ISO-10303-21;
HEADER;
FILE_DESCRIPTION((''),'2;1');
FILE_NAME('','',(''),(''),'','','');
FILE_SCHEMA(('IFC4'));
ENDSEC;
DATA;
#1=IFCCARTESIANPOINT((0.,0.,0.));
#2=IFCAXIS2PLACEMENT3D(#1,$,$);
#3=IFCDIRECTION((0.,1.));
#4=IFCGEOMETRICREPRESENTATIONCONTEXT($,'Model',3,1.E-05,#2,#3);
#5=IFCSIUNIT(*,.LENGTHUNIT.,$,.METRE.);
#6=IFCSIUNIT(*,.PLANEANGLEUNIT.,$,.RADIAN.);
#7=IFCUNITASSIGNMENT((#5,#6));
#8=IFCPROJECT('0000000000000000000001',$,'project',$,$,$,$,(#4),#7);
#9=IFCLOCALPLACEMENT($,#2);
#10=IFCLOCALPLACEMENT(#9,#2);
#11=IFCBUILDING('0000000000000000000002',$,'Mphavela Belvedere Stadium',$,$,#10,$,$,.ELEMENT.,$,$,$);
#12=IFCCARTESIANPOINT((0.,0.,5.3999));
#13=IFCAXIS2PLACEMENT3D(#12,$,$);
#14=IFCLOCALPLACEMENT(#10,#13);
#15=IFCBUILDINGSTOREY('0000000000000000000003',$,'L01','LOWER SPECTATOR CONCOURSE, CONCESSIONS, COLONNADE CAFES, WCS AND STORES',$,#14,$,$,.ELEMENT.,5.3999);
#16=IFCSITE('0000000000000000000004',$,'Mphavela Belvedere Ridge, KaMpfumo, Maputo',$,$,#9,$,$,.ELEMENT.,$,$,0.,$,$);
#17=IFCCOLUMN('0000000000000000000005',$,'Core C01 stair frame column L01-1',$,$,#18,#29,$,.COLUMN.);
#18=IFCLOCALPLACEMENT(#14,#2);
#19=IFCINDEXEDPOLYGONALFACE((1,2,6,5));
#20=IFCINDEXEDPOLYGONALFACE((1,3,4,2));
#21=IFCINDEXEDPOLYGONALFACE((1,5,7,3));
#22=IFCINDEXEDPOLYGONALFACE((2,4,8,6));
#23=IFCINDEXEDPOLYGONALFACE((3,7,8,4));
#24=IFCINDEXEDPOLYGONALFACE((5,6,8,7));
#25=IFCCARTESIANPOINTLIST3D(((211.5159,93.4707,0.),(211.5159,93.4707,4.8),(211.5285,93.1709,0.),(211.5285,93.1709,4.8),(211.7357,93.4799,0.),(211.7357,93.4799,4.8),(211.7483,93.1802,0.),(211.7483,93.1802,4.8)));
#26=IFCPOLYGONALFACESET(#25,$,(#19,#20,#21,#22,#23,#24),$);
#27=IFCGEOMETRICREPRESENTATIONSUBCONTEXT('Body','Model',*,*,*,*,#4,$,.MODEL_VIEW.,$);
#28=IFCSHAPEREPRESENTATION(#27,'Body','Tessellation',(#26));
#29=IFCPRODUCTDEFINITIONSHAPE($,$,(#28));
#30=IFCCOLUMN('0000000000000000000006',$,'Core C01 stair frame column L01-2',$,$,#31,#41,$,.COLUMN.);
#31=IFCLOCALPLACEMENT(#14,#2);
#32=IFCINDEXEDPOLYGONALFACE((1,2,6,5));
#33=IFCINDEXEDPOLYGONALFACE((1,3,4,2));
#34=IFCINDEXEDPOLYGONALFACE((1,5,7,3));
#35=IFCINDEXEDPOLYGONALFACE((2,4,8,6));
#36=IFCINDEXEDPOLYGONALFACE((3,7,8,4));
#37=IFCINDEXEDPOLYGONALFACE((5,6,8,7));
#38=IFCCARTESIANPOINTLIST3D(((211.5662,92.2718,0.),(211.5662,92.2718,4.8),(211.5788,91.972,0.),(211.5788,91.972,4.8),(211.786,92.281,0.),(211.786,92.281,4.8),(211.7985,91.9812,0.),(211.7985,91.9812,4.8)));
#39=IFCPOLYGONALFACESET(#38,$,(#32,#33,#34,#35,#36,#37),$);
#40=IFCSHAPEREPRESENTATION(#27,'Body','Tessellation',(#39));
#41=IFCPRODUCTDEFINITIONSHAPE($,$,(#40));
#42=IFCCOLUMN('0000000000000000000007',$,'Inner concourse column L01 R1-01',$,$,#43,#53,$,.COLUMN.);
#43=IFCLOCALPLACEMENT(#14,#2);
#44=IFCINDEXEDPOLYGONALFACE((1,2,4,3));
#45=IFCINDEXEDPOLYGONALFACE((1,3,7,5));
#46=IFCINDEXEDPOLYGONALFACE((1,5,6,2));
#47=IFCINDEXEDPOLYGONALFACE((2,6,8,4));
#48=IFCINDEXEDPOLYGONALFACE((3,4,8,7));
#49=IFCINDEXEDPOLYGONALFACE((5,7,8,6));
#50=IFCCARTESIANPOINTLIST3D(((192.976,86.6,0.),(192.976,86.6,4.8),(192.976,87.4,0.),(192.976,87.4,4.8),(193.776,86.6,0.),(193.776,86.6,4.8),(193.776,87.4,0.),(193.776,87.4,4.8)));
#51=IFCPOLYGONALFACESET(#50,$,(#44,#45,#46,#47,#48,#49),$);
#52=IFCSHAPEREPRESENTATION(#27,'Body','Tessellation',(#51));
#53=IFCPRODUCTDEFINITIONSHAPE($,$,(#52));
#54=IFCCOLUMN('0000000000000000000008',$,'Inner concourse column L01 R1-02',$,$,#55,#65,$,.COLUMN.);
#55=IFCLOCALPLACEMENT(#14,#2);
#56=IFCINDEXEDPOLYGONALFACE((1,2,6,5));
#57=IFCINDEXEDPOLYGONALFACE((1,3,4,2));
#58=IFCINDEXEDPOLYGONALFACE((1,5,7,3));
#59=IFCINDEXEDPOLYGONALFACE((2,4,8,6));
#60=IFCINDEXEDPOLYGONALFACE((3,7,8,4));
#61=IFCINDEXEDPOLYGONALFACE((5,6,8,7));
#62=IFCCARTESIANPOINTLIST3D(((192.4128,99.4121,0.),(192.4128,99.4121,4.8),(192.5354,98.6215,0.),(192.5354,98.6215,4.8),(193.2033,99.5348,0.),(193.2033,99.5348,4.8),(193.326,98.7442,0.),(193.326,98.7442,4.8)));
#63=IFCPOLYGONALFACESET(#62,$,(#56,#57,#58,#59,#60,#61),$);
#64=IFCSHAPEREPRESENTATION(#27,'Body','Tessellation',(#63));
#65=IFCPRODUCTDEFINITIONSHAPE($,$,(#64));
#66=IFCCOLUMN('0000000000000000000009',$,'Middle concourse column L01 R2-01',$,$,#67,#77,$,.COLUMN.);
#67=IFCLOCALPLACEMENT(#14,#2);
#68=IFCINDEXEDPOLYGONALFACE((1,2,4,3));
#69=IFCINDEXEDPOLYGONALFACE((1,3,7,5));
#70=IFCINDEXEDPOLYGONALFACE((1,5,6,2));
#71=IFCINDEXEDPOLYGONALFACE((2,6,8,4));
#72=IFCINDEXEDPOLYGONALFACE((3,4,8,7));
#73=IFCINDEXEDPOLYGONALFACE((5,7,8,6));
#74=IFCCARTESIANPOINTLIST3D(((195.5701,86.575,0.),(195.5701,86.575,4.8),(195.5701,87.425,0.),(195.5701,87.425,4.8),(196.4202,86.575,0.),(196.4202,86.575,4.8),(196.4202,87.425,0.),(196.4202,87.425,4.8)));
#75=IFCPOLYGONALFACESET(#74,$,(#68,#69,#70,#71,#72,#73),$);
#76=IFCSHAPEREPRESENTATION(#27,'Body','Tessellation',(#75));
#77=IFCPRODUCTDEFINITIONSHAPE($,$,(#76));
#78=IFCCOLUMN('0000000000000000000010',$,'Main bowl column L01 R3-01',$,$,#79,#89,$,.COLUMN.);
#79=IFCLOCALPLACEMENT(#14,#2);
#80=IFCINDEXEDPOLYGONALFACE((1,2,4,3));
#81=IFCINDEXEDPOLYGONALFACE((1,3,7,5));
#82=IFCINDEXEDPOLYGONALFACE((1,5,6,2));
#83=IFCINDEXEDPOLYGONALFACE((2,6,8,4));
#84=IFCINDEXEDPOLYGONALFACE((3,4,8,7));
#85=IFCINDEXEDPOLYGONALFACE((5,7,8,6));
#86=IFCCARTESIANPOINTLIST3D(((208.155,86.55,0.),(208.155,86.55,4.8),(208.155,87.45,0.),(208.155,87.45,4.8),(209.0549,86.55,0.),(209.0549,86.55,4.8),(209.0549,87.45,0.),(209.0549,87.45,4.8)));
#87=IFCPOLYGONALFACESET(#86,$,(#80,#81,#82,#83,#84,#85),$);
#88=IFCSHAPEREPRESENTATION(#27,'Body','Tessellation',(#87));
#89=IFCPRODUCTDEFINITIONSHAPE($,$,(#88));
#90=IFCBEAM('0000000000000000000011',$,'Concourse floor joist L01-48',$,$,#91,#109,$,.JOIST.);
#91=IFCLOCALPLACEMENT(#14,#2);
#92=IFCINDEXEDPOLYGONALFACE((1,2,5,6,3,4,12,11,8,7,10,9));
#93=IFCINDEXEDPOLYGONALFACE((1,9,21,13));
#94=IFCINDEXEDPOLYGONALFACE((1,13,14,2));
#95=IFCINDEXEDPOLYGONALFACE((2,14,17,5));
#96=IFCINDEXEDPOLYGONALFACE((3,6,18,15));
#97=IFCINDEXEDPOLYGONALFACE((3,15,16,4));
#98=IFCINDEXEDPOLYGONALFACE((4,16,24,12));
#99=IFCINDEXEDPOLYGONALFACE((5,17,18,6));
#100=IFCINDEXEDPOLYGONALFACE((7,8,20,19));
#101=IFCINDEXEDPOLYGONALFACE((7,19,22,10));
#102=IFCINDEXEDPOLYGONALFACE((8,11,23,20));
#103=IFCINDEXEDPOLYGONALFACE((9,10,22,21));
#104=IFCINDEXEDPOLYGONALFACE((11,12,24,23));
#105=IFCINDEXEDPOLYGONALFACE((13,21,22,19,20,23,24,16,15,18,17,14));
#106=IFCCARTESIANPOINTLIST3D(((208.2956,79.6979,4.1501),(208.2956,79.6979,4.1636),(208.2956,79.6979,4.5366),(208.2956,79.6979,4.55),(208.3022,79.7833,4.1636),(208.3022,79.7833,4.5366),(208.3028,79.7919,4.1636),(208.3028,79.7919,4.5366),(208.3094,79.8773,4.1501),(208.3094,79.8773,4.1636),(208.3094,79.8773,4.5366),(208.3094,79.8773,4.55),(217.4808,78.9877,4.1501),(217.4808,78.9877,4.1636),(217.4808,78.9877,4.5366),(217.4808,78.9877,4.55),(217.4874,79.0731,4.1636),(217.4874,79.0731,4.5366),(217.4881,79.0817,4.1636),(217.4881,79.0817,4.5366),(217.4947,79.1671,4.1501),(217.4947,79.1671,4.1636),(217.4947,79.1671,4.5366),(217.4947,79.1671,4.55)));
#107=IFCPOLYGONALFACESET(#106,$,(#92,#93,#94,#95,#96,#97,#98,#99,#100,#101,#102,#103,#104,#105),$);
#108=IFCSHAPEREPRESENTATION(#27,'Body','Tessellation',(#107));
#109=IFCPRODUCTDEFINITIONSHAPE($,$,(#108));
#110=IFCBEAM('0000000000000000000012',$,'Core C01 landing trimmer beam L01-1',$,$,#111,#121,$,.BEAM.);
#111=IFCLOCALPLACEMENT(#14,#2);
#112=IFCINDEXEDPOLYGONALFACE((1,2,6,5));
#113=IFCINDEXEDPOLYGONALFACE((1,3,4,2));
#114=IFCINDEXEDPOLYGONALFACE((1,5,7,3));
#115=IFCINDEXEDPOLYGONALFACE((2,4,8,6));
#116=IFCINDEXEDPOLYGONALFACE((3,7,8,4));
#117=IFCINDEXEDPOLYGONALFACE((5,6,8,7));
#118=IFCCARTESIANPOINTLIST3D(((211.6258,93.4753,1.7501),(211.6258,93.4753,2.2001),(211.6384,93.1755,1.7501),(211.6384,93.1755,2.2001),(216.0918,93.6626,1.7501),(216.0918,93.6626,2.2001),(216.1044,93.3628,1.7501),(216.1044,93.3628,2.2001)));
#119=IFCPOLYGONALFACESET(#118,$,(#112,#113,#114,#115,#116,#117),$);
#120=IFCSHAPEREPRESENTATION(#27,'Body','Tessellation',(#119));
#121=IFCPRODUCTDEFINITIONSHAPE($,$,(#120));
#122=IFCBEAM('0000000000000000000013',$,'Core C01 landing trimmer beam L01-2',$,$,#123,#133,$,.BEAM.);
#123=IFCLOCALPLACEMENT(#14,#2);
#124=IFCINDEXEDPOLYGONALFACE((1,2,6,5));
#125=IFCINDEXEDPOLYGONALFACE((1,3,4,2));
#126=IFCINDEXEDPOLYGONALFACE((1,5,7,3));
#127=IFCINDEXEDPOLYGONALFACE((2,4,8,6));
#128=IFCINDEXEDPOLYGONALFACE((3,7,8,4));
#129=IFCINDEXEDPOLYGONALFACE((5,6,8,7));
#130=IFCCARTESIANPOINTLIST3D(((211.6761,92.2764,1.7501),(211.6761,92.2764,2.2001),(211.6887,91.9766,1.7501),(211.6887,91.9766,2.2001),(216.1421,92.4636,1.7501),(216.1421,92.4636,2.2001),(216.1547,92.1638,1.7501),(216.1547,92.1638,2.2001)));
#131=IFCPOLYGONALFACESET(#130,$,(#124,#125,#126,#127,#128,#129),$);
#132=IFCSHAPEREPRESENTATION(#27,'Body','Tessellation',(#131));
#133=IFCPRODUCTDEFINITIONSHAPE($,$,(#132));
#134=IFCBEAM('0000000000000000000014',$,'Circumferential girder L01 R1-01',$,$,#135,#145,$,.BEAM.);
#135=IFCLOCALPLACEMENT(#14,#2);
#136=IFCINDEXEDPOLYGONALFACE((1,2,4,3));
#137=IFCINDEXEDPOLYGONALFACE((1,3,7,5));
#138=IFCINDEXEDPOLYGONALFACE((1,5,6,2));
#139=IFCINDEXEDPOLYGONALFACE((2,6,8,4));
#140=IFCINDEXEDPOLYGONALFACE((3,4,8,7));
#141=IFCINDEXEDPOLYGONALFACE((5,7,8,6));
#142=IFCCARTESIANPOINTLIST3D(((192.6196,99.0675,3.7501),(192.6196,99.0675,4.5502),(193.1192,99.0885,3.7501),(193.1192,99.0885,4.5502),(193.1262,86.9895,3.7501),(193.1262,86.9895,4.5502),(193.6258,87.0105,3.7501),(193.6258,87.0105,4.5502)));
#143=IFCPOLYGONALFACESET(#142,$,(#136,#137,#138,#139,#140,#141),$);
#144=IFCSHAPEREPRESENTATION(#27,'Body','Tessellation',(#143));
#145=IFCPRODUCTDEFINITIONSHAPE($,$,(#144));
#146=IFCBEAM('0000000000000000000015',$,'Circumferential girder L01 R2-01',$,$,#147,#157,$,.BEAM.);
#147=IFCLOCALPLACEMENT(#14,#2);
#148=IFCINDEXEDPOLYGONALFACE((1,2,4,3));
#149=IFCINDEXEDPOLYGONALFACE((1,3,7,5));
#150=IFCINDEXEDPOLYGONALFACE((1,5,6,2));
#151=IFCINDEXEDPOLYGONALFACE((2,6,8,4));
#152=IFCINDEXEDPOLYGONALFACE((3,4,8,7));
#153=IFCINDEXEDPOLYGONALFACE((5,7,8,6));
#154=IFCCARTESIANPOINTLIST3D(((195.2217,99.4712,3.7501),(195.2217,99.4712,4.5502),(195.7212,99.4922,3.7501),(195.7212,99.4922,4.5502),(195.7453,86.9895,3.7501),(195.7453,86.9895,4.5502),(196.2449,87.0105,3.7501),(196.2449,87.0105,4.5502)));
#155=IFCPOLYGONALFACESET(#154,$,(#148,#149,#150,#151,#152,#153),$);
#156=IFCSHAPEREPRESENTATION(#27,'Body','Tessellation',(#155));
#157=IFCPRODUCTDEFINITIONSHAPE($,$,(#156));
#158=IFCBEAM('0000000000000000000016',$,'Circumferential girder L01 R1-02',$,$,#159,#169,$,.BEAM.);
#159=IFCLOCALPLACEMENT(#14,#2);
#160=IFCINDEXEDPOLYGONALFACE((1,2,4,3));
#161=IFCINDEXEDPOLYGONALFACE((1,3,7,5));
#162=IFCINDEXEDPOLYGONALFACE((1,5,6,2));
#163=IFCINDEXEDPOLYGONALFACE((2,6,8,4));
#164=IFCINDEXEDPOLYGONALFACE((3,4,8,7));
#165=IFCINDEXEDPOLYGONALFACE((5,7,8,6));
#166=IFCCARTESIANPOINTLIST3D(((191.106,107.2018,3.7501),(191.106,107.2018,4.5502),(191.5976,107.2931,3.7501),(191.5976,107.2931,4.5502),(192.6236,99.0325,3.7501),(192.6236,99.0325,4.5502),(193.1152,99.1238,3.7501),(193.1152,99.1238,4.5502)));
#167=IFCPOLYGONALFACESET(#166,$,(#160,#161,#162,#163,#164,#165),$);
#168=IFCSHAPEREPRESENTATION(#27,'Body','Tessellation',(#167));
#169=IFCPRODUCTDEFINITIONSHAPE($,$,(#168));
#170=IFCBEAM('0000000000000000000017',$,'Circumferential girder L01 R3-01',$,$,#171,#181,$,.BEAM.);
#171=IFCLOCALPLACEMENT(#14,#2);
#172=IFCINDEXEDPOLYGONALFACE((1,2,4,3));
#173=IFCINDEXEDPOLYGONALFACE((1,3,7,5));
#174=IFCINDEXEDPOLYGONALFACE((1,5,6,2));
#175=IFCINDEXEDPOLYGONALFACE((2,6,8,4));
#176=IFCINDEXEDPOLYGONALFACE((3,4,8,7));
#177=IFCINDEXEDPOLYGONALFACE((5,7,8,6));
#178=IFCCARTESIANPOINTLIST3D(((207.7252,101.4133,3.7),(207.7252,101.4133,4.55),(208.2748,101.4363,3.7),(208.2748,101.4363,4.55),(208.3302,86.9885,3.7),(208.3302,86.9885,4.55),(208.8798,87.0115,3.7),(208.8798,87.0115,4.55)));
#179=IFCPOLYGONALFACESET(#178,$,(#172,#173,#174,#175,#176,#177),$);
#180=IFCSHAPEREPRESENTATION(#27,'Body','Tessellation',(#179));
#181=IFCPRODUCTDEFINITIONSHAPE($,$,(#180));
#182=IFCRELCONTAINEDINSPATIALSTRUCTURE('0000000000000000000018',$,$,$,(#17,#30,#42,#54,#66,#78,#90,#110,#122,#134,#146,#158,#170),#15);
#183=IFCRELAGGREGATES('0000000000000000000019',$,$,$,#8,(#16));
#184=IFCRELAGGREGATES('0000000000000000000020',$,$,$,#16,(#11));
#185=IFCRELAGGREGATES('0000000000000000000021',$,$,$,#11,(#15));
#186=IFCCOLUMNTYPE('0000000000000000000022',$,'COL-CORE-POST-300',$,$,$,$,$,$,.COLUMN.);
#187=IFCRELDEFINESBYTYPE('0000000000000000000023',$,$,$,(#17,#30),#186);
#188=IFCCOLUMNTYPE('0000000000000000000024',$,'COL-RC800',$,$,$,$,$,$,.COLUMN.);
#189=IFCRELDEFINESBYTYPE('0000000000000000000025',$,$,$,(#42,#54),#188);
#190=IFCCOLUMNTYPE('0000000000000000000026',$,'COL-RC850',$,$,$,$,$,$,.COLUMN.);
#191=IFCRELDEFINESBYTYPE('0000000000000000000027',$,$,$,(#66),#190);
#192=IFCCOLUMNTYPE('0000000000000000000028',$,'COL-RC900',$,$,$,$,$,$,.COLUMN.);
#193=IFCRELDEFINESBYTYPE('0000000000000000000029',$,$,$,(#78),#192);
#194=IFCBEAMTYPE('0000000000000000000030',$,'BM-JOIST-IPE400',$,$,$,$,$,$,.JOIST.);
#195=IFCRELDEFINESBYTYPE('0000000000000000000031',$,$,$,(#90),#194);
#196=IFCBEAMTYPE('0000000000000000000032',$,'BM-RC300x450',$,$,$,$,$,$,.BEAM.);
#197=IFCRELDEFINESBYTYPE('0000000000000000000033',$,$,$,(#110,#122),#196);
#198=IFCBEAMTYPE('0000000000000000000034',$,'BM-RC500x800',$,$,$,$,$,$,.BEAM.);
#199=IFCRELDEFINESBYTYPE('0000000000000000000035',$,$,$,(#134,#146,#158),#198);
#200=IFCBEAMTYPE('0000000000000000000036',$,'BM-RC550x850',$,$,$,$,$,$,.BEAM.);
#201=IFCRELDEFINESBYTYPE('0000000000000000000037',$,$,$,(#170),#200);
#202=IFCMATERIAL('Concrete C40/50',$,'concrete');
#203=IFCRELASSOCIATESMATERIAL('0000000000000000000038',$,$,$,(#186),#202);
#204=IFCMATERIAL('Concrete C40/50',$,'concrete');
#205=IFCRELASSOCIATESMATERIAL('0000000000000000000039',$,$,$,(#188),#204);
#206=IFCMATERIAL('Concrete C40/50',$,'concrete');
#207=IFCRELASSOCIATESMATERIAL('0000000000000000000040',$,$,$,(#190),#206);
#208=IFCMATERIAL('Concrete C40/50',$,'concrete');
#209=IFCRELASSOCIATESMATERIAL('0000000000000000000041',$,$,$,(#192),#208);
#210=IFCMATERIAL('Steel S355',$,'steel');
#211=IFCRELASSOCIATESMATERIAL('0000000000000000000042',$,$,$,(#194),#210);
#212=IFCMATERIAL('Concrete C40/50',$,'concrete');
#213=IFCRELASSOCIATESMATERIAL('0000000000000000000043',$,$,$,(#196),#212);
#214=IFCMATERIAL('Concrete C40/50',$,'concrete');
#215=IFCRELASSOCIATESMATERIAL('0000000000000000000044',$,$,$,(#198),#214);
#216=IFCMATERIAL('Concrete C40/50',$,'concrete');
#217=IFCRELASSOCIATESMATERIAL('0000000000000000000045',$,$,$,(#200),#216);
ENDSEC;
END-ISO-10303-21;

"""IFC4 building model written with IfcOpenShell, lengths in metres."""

from ifc_helpers import new_model, si_unit, direction, frame, origin, origin_2d, place, context, subcontext, project, spatial, rectangle, i_section, extrude, material, material_profile, profile_set, type_object, element, save


model = new_model("IFC4")

# Units and contexts
model_context = context("Model", 3, precision=1e-05, world=origin(), true_north=direction((0.0, 1.0)))
body_context = subcontext(model_context, "Body", "Model", "MODEL_VIEW")
ifc_project = project(units=[si_unit("LENGTHUNIT", "METRE"), si_unit("PLANEANGLEUNIT", "RADIAN")], contexts=[model_context])

# Site, building, storey
site_placement = place(None, origin())
site = spatial("IfcSite", under=ifc_project, at=site_placement, Name="Mphavela Belvedere Ridge, KaMpfumo, Maputo", CompositionType="ELEMENT", RefElevation=0.0)
building_placement = place(site_placement, origin())
building = spatial("IfcBuilding", under=site, at=building_placement, Name="Mphavela Belvedere Stadium", CompositionType="ELEMENT")
storey_placement = place(building_placement, frame((0.0, 0.0, 5.3999)))
storey = spatial("IfcBuildingStorey", under=building, at=storey_placement, Name="L01", Description="LOWER SPECTATOR CONCOURSE, CONCESSIONS, COLONNADE CAFES, WCS AND STORES", CompositionType="ELEMENT", Elevation=5.3999)

# Columns
ifc_material_1 = material(Name="Concrete C40/50", Category="concrete")
ifc_material_profile_1 = material_profile(ifc_material_1, rectangle(XDim=0.3, YDim=0.22, at=origin_2d()), Name="RC 300x220")
ifc_profile_set_1 = profile_set([ifc_material_profile_1], Name="Concrete C40/50")
column_type_1 = type_object("IfcColumnType", Name="COL-CORE-POST-300", PredefinedType="COLUMN", material=ifc_profile_set_1)
for number, where, z_axis, x_axis, name in (
    (1, (211.6321, 93.3254, 0.0), (0.0, 0.0, 1.0), (0.041876, -0.999123, 0.0), "Core C01 stair frame column L01-1"),
    (2, (211.6824, 92.1265, 0.0), (0.0, 0.0, 1.0), (0.041876, -0.999123, 0.0), "Core C01 stair frame column L01-2"),
):
    element("IfcColumn", number, at=place(storey_placement, frame(where, z_axis=z_axis, x_axis=x_axis)), inside=storey, type_object=column_type_1, Name=name, PredefinedType="COLUMN", context=body_context, shape_type="SweptSolid", body=[
        extrude(rectangle(XDim=0.3, YDim=0.22, at=origin_2d()), origin(), (0.0, 0.0, 1.0), 4.8),
    ])
ifc_material_2 = material(Name="Concrete C40/50", Category="concrete")
ifc_material_profile_2 = material_profile(ifc_material_2, rectangle(XDim=0.8, YDim=0.8, at=origin_2d()), Name="RC 800x800")
ifc_profile_set_2 = profile_set([ifc_material_profile_2], Name="Concrete C40/50")
column_type_2 = type_object("IfcColumnType", Name="COL-RC800", PredefinedType="COLUMN", material=ifc_profile_set_2)
for number, where, z_axis, x_axis, name in (
    (3, (193.376, 87.0, 0.0), (0.0, 0.0, 1.0), (1.0, 0.0, 0.0), "Inner concourse column L01 R1-01"),
    (4, (192.8694, 99.0781, 0.0), (0.0, 0.0, 1.0), (0.988175, 0.153331, 0.0), "Inner concourse column L01 R1-02"),
):
    element("IfcColumn", number, at=place(storey_placement, frame(where, z_axis=z_axis, x_axis=x_axis)), inside=storey, type_object=column_type_2, Name=name, PredefinedType="COLUMN", context=body_context, shape_type="SweptSolid", body=[
        extrude(rectangle(XDim=0.8, YDim=0.8, at=origin_2d()), origin(), (0.0, 0.0, 1.0), 4.8),
    ])
ifc_material_3 = material(Name="Concrete C40/50", Category="concrete")
ifc_material_profile_3 = material_profile(ifc_material_3, rectangle(XDim=0.8501, YDim=0.8501, at=origin_2d()), Name="RC 850x850")
ifc_profile_set_3 = profile_set([ifc_material_profile_3], Name="Concrete C40/50")
column_type_3 = type_object("IfcColumnType", Name="COL-RC850", PredefinedType="COLUMN", material=ifc_profile_set_3)
column_1_placement = place(storey_placement, frame((195.9951, 87.0, 0.0), z_axis=(0.0, 0.0, 1.0), x_axis=(1.0, 0.0, 0.0)))
element("IfcColumn", 5, at=column_1_placement, inside=storey, type_object=column_type_3, Name="Middle concourse column L01 R2-01", PredefinedType="COLUMN", context=body_context, shape_type="SweptSolid", body=[
    extrude(rectangle(XDim=0.8501, YDim=0.8501, at=origin_2d()), origin(), (0.0, 0.0, 1.0), 4.8),
])
ifc_material_4 = material(Name="Concrete C40/50", Category="concrete")
ifc_material_profile_4 = material_profile(ifc_material_4, rectangle(XDim=0.8999, YDim=0.8999, at=origin_2d()), Name="RC 900x900")
ifc_profile_set_4 = profile_set([ifc_material_profile_4], Name="Concrete C40/50")
column_type_4 = type_object("IfcColumnType", Name="COL-RC900", PredefinedType="COLUMN", material=ifc_profile_set_4)
column_2_placement = place(storey_placement, frame((208.605, 87.0, 0.0), z_axis=(0.0, 0.0, 1.0), x_axis=(1.0, 0.0, 0.0)))
element("IfcColumn", 6, at=column_2_placement, inside=storey, type_object=column_type_4, Name="Main bowl column L01 R3-01", PredefinedType="COLUMN", context=body_context, shape_type="SweptSolid", body=[
    extrude(rectangle(XDim=0.8999, YDim=0.8999, at=origin_2d()), origin(), (0.0, 0.0, 1.0), 4.8),
])

# Beams
ifc_material_5 = material(Name="Steel S355", Category="steel")
ifc_material_profile_5 = material_profile(ifc_material_5, i_section(OverallWidth=0.1799, OverallDepth=0.3999, WebThickness=0.0085, FlangeThickness=0.0134, at=origin_2d()), Name="IPE 400")
ifc_profile_set_5 = profile_set([ifc_material_profile_5], Name="Steel S355")
beam_type_1 = type_object("IfcBeamType", Name="BM-JOIST-IPE400", PredefinedType="JOIST", material=ifc_profile_set_5)
beam_1_placement = place(storey_placement, frame((208.3025, 79.7876, 4.3501), z_axis=(0.997024, -0.07709, 0.0), x_axis=(0.07709, 0.997024, 0.0)))
element("IfcBeam", 7, at=beam_1_placement, inside=storey, type_object=beam_type_1, Name="Concourse floor joist L01-48", PredefinedType="JOIST", context=body_context, shape_type="SweptSolid", body=[
    extrude(i_section(OverallWidth=0.1799, OverallDepth=0.3999, WebThickness=0.0085, FlangeThickness=0.0134, at=origin_2d()), origin(), (0.0, 0.0, 1.0), 9.2126),
])
ifc_material_6 = material(Name="Concrete C40/50", Category="concrete")
ifc_material_profile_6 = material_profile(ifc_material_6, rectangle(XDim=0.3, YDim=0.45, at=origin_2d()), Name="RC 300x450")
ifc_profile_set_6 = profile_set([ifc_material_profile_6], Name="Concrete C40/50")
beam_type_2 = type_object("IfcBeamType", Name="BM-RC300x450", PredefinedType="BEAM", material=ifc_profile_set_6)
for number, where, z_axis, x_axis, name in (
    (8, (211.6321, 93.3254, 1.9751), (0.999122, 0.041892, 0.0), (-0.041892, 0.999122, 0.0), "Core C01 landing trimmer beam L01-1"),
    (9, (211.6824, 92.1265, 1.9751), (0.999122, 0.041892, 0.0), (-0.041892, 0.999122, 0.0), "Core C01 landing trimmer beam L01-2"),
):
    element("IfcBeam", number, at=place(storey_placement, frame(where, z_axis=z_axis, x_axis=x_axis)), inside=storey, type_object=beam_type_2, Name=name, PredefinedType="BEAM", context=body_context, shape_type="SweptSolid", body=[
        extrude(rectangle(XDim=0.3, YDim=0.45, at=origin_2d()), origin(), (0.0, 0.0, 1.0), 4.47),
    ])
ifc_material_7 = material(Name="Concrete C40/50", Category="concrete")
ifc_material_profile_7 = material_profile(ifc_material_7, rectangle(XDim=0.5, YDim=0.8, at=origin_2d()), Name="RC 500x800")
ifc_profile_set_7 = profile_set([ifc_material_profile_7], Name="Concrete C40/50")
beam_type_3 = type_object("IfcBeamType", Name="BM-RC500x800", PredefinedType="BEAM", material=ifc_profile_set_7)
beam_2_placement = place(storey_placement, frame((193.376, 87.0, 4.1501), z_axis=(-0.041906, 0.999122, 0.0), x_axis=(-0.999122, -0.041906, 0.0)))
element("IfcBeam", 10, at=beam_2_placement, inside=storey, type_object=beam_type_3, Name="Circumferential girder L01 R1-01", PredefinedType="BEAM", context=body_context, shape_type="SweptSolid", body=[
    extrude(rectangle(XDim=0.5, YDim=0.8, at=origin_2d()), origin(), (0.0, 0.0, 1.0), 12.0886),
])
beam_3_placement = place(storey_placement, frame((195.9951, 87.0, 4.1501), z_axis=(-0.041919, 0.999121, 0.0), x_axis=(-0.999121, -0.041919, 0.0)))
element("IfcBeam", 11, at=beam_3_placement, inside=storey, type_object=beam_type_3, Name="Circumferential girder L01 R2-01", PredefinedType="BEAM", context=body_context, shape_type="SweptSolid", body=[
    extrude(rectangle(XDim=0.5, YDim=0.8, at=origin_2d()), origin(), (0.0, 0.0, 1.0), 12.4927),
])
beam_4_placement = place(storey_placement, frame((192.8694, 99.0781, 4.1501), z_axis=(-0.182638, 0.98318, 0.0), x_axis=(-0.98318, -0.182638, 0.0)))
element("IfcBeam", 12, at=beam_4_placement, inside=storey, type_object=beam_type_3, Name="Circumferential girder L01 R1-02", PredefinedType="BEAM", context=body_context, shape_type="SweptSolid", body=[
    extrude(rectangle(XDim=0.5, YDim=0.8, at=origin_2d()), origin(), (0.0, 0.0, 1.0), 8.3091),
])
ifc_material_8 = material(Name="Concrete C40/50", Category="concrete")
ifc_material_profile_8 = material_profile(ifc_material_8, rectangle(XDim=0.55, YDim=0.8501, at=origin_2d()), Name="RC 550x850")
ifc_profile_set_8 = profile_set([ifc_material_profile_8], Name="Concrete C40/50")
beam_type_4 = type_object("IfcBeamType", Name="BM-RC550x850", PredefinedType="BEAM", material=ifc_profile_set_8)
beam_5_placement = place(storey_placement, frame((208.605, 87.0, 4.125), z_axis=(-0.041903, 0.999122, 0.0), x_axis=(-0.999122, -0.041903, 0.0)))
element("IfcBeam", 13, at=beam_5_placement, inside=storey, type_object=beam_type_4, Name="Circumferential girder L01 R3-01", PredefinedType="BEAM", context=body_context, shape_type="SweptSolid", body=[
    extrude(rectangle(XDim=0.55, YDim=0.8501, at=origin_2d()), origin(), (0.0, 0.0, 1.0), 14.4375),
])

save(model, "model.ifc")
